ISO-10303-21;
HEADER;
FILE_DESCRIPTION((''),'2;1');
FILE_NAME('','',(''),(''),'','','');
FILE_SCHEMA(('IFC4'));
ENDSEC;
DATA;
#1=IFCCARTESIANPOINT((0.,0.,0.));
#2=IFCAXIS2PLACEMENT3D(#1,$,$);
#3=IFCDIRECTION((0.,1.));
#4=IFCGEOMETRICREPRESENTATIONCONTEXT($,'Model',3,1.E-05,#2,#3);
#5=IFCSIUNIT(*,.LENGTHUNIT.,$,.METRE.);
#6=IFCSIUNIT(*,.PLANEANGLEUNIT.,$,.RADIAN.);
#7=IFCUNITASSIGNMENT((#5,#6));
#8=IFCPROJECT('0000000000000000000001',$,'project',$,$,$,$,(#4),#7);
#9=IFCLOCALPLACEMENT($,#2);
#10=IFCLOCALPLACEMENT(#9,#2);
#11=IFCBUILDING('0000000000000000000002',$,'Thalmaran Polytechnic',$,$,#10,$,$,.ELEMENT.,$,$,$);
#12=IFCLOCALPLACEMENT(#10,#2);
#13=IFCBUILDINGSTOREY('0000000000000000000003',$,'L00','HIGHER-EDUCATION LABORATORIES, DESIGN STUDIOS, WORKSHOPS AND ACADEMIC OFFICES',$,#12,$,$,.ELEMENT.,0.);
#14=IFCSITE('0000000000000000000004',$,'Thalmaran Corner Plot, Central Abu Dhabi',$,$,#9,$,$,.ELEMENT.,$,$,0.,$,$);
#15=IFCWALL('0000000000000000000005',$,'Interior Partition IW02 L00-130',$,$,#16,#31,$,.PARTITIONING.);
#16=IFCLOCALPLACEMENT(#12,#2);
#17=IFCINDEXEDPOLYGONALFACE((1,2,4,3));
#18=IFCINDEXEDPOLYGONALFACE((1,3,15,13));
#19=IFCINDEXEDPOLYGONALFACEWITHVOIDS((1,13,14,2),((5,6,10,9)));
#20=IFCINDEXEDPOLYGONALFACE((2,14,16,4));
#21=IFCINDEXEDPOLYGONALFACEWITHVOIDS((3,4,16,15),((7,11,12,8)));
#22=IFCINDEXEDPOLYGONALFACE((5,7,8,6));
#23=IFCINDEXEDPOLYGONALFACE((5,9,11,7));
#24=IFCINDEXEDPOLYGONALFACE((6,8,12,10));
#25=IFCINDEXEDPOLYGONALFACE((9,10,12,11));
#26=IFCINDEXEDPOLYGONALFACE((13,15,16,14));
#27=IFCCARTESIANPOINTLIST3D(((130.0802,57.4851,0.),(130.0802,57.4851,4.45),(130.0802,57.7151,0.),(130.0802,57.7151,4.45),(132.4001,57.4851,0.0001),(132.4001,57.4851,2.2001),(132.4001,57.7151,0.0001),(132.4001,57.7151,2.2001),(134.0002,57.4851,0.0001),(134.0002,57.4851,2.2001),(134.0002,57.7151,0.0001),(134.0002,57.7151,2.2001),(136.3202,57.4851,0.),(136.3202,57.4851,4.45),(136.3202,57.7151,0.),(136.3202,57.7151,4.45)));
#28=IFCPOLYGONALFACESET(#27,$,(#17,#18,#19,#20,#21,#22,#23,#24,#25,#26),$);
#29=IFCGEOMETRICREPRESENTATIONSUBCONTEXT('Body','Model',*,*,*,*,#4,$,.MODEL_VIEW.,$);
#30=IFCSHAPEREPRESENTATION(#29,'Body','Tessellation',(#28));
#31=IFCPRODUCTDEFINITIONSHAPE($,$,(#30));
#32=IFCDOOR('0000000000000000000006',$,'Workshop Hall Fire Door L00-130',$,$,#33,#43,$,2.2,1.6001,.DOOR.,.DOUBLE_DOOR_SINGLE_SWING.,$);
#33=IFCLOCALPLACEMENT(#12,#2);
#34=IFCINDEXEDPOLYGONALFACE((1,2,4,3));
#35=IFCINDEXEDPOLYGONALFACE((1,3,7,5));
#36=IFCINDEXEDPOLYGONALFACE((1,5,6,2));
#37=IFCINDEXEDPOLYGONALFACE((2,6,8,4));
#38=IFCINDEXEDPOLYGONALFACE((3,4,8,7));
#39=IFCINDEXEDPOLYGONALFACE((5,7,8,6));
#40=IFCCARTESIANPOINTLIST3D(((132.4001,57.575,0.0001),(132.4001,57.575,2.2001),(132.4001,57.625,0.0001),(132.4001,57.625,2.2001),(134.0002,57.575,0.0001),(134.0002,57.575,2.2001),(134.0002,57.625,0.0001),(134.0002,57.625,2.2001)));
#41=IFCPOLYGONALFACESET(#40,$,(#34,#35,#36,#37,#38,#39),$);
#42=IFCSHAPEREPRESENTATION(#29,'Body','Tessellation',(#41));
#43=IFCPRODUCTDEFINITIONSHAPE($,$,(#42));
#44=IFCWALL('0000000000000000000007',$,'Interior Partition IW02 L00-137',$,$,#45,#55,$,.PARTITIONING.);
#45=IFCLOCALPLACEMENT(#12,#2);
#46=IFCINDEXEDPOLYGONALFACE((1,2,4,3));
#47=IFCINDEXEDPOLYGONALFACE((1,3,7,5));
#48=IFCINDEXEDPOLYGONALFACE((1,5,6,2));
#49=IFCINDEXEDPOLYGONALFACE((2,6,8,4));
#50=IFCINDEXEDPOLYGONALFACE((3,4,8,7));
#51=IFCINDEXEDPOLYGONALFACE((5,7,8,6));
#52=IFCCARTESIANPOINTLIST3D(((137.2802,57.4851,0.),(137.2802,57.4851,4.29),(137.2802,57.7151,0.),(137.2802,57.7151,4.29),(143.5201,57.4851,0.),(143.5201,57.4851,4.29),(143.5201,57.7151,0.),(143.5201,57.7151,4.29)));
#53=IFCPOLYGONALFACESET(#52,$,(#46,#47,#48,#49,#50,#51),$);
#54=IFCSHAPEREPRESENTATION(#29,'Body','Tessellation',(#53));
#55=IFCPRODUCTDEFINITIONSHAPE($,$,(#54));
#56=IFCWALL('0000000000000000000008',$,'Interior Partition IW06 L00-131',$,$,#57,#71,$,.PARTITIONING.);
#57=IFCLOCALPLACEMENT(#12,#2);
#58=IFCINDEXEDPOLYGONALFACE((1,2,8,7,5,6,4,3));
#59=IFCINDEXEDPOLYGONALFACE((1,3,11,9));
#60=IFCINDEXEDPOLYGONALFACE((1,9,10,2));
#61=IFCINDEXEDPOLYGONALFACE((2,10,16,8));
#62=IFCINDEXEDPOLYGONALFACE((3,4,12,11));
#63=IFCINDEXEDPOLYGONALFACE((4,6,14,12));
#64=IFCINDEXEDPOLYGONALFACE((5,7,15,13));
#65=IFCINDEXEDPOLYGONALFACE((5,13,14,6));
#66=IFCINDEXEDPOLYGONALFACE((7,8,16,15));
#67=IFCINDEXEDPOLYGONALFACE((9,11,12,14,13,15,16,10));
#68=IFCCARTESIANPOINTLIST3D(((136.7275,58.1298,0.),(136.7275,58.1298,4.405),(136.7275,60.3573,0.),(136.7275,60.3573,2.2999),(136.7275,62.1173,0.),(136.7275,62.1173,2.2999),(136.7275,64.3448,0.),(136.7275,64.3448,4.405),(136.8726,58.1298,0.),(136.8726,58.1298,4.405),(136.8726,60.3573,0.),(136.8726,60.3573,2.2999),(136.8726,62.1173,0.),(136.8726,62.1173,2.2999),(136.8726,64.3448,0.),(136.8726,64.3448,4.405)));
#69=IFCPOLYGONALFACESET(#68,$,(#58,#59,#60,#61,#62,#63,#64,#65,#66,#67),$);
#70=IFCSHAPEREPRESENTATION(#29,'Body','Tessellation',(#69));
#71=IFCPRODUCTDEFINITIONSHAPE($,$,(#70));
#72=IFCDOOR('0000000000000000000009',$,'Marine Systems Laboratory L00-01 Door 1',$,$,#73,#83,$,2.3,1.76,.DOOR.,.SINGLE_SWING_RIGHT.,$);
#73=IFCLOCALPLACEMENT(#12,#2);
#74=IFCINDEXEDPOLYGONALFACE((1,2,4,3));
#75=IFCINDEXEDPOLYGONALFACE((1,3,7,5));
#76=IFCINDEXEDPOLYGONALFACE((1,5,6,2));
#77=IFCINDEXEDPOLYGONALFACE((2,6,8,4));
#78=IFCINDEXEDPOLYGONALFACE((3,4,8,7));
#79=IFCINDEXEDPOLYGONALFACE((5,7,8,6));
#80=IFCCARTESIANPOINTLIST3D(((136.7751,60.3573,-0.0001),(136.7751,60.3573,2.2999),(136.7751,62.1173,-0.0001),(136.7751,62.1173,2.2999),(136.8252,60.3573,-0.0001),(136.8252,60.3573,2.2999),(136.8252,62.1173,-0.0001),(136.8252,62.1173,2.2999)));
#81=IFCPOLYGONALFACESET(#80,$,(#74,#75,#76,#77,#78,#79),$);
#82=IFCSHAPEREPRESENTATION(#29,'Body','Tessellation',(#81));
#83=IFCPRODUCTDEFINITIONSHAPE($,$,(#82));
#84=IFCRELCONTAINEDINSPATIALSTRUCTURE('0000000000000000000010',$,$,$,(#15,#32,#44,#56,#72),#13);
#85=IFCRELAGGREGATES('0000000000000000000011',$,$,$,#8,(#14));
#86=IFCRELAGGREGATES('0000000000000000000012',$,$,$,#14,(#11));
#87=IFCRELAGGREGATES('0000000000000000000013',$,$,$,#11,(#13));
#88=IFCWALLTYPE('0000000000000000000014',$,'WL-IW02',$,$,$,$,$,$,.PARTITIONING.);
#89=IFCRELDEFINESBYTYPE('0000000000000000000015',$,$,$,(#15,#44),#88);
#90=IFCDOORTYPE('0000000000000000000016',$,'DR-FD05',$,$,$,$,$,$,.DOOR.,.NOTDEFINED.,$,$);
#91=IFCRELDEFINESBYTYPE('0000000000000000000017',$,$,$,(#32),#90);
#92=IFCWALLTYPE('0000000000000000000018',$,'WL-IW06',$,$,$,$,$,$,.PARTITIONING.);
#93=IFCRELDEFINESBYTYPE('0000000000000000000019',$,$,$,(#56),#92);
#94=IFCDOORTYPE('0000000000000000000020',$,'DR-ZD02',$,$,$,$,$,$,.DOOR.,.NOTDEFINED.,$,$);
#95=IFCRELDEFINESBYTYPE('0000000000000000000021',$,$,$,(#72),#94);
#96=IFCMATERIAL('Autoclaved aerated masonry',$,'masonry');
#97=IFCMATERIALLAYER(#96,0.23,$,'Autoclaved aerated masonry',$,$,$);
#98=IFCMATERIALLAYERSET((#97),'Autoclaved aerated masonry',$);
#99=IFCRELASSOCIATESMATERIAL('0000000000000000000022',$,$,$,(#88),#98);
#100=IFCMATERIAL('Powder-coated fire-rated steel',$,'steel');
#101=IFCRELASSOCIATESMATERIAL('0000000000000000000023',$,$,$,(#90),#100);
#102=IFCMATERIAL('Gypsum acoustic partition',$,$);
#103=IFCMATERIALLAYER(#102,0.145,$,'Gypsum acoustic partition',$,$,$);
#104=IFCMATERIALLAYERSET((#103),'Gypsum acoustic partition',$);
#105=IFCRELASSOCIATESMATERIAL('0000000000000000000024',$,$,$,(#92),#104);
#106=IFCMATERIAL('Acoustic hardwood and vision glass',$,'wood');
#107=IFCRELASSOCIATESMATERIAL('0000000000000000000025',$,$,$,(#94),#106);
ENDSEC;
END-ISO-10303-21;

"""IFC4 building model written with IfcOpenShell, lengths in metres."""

from ifc_helpers import new_model, si_unit, direction, frame, frame_2d, origin, place, context, subcontext, project, spatial, rectangle, extrude, material, layer, layer_set, type_object, element, fill, save


model = new_model("IFC4")

# Units and contexts
model_context = context("Model", 3, precision=1e-05, world=origin(), true_north=direction((0.0, 1.0)))
body_context = subcontext(model_context, "Body", "Model", "MODEL_VIEW")
ifc_project = project(units=[si_unit("LENGTHUNIT", "METRE"), si_unit("PLANEANGLEUNIT", "RADIAN")], contexts=[model_context])

# Site, building, storey
site_placement = place(None, origin())
site = spatial("IfcSite", under=ifc_project, at=site_placement, Name="Thalmaran Corner Plot, Central Abu Dhabi", CompositionType="ELEMENT", RefElevation=0.0)
building_placement = place(site_placement, origin())
building = spatial("IfcBuilding", under=site, at=building_placement, Name="Thalmaran Polytechnic", CompositionType="ELEMENT")
storey_placement = place(building_placement, origin())
storey = spatial("IfcBuildingStorey", under=building, at=storey_placement, Name="L00", Description="HIGHER-EDUCATION LABORATORIES, DESIGN STUDIOS, WORKSHOPS AND ACADEMIC OFFICES", CompositionType="ELEMENT", Elevation=0.0)

# Wall, opening, door
ifc_material_1 = material(Name="Autoclaved aerated masonry", Category="masonry")
ifc_layer_1 = layer(ifc_material_1, 0.23, Name="Autoclaved aerated masonry")
ifc_layer_set_1 = layer_set([ifc_layer_1], Name="Autoclaved aerated masonry")
wall_type_1 = type_object("IfcWallType", Name="WL-IW02", PredefinedType="PARTITIONING", material=ifc_layer_set_1)
wall_1_placement = place(storey_placement, frame((130.0801, 57.6001, 0.0), z_axis=(0.0, 0.0, 1.0), x_axis=(1.0, 0.0, 0.0)))
wall_1 = element("IfcWall", 1, at=wall_1_placement, inside=storey, type_object=wall_type_1, Name="Interior Partition IW02 L00-130", PredefinedType="PARTITIONING", context=body_context, shape_type="SweptSolid", body=[
    extrude(rectangle(XDim=6.24, YDim=0.23, at=frame_2d((3.1201, 0.0))), origin(), (0.0, 0.0, 1.0), 4.45),
])
opening_1_placement = place(wall_1_placement, frame((2.3201, 0.0, 0.0)))
opening_1 = element("IfcOpeningElement", 2, at=opening_1_placement, cuts=wall_1, PredefinedType="OPENING", context=body_context, shape_type="SweptSolid", body=[
    extrude(rectangle(XDim=1.6001, YDim=2.2, at=frame_2d((0.8, 1.1001))), frame((0.0, 0.125, 0.0), z_axis=(0.0, -1.0, 0.0), x_axis=(1.0, 0.0, 0.0)), (0.0, 0.0, 1.0), 0.25),
])
ifc_material_2 = material(Name="Powder-coated fire-rated steel", Category="steel")
door_type_1 = type_object("IfcDoorType", Name="DR-FD05", OperationType="NOTDEFINED", PredefinedType="DOOR", material=ifc_material_2)
door_1_placement = place(opening_1_placement, origin())
door_1 = element("IfcDoor", 3, at=door_1_placement, inside=storey, type_object=door_type_1, Name="Workshop Hall Fire Door L00-130", OperationType="DOUBLE_DOOR_SINGLE_SWING", OverallHeight=2.2, OverallWidth=1.6001, PredefinedType="DOOR", context=body_context, shape_type="SweptSolid", body=[
    extrude(rectangle(XDim=1.6001, YDim=2.2, at=frame_2d((0.8, 1.1001))), frame((0.0, 0.0249, 0.0), z_axis=(0.0, -1.0, 0.0), x_axis=(1.0, 0.0, 0.0)), (0.0, 0.0, 1.0), 0.05),
])
fill(opening_1, door_1)

# Wall
wall_2_placement = place(storey_placement, frame((137.28, 57.6001, 0.0), z_axis=(0.0, 0.0, 1.0), x_axis=(1.0, 0.0, 0.0)))
element("IfcWall", 4, at=wall_2_placement, inside=storey, type_object=wall_type_1, Name="Interior Partition IW02 L00-137", PredefinedType="PARTITIONING", context=body_context, shape_type="SweptSolid", body=[
    extrude(rectangle(XDim=6.24, YDim=0.23, at=frame_2d((3.1201, 0.0))), origin(), (0.0, 0.0, 1.0), 4.29),
])

# Wall, opening, door
ifc_material_3 = material(Name="Gypsum acoustic partition")
ifc_layer_2 = layer(ifc_material_3, 0.145, Name="Gypsum acoustic partition")
ifc_layer_set_2 = layer_set([ifc_layer_2], Name="Gypsum acoustic partition")
wall_type_2 = type_object("IfcWallType", Name="WL-IW06", PredefinedType="PARTITIONING", material=ifc_layer_set_2)
wall_3_placement = place(storey_placement, frame((136.8, 58.1299, 0.0), z_axis=(0.0, 0.0, 1.0), x_axis=(0.0, 1.0, 0.0)))
wall_3 = element("IfcWall", 5, at=wall_3_placement, inside=storey, type_object=wall_type_2, Name="Interior Partition IW06 L00-131", PredefinedType="PARTITIONING", context=body_context, shape_type="SweptSolid", body=[
    extrude(rectangle(XDim=6.2151, YDim=0.145, at=frame_2d((3.1074, 0.0))), origin(), (0.0, 0.0, 1.0), 4.405),
])
opening_2_placement = place(wall_3_placement, frame((2.2275, 0.0, 0.0)))
opening_2 = element("IfcOpeningElement", 6, at=opening_2_placement, cuts=wall_3, PredefinedType="OPENING", context=body_context, shape_type="SweptSolid", body=[
    extrude(rectangle(XDim=1.76, YDim=2.3, at=frame_2d((0.8799, 1.1499))), frame((0.0, 0.0825, 0.0), z_axis=(0.0, -1.0, 0.0), x_axis=(1.0, 0.0, 0.0)), (0.0, 0.0, 1.0), 0.165),
])
ifc_material_4 = material(Name="Acoustic hardwood and vision glass", Category="wood")
door_type_2 = type_object("IfcDoorType", Name="DR-ZD02", OperationType="NOTDEFINED", PredefinedType="DOOR", material=ifc_material_4)
door_2_placement = place(opening_2_placement, origin())
door_2 = element("IfcDoor", 7, at=door_2_placement, inside=storey, type_object=door_type_2, Name="Marine Systems Laboratory L00-01 Door 1", OperationType="SINGLE_SWING_RIGHT", OverallHeight=2.3, OverallWidth=1.76, PredefinedType="DOOR", context=body_context, shape_type="SweptSolid", body=[
    extrude(rectangle(XDim=1.76, YDim=2.3, at=frame_2d((0.8799, 1.1499))), frame((0.0, 0.0249, 0.0), z_axis=(0.0, -1.0, 0.0), x_axis=(1.0, 0.0, 0.0)), (0.0, 0.0, 1.0), 0.05),
])
fill(opening_2, door_2)

save(model, "model.ifc")
